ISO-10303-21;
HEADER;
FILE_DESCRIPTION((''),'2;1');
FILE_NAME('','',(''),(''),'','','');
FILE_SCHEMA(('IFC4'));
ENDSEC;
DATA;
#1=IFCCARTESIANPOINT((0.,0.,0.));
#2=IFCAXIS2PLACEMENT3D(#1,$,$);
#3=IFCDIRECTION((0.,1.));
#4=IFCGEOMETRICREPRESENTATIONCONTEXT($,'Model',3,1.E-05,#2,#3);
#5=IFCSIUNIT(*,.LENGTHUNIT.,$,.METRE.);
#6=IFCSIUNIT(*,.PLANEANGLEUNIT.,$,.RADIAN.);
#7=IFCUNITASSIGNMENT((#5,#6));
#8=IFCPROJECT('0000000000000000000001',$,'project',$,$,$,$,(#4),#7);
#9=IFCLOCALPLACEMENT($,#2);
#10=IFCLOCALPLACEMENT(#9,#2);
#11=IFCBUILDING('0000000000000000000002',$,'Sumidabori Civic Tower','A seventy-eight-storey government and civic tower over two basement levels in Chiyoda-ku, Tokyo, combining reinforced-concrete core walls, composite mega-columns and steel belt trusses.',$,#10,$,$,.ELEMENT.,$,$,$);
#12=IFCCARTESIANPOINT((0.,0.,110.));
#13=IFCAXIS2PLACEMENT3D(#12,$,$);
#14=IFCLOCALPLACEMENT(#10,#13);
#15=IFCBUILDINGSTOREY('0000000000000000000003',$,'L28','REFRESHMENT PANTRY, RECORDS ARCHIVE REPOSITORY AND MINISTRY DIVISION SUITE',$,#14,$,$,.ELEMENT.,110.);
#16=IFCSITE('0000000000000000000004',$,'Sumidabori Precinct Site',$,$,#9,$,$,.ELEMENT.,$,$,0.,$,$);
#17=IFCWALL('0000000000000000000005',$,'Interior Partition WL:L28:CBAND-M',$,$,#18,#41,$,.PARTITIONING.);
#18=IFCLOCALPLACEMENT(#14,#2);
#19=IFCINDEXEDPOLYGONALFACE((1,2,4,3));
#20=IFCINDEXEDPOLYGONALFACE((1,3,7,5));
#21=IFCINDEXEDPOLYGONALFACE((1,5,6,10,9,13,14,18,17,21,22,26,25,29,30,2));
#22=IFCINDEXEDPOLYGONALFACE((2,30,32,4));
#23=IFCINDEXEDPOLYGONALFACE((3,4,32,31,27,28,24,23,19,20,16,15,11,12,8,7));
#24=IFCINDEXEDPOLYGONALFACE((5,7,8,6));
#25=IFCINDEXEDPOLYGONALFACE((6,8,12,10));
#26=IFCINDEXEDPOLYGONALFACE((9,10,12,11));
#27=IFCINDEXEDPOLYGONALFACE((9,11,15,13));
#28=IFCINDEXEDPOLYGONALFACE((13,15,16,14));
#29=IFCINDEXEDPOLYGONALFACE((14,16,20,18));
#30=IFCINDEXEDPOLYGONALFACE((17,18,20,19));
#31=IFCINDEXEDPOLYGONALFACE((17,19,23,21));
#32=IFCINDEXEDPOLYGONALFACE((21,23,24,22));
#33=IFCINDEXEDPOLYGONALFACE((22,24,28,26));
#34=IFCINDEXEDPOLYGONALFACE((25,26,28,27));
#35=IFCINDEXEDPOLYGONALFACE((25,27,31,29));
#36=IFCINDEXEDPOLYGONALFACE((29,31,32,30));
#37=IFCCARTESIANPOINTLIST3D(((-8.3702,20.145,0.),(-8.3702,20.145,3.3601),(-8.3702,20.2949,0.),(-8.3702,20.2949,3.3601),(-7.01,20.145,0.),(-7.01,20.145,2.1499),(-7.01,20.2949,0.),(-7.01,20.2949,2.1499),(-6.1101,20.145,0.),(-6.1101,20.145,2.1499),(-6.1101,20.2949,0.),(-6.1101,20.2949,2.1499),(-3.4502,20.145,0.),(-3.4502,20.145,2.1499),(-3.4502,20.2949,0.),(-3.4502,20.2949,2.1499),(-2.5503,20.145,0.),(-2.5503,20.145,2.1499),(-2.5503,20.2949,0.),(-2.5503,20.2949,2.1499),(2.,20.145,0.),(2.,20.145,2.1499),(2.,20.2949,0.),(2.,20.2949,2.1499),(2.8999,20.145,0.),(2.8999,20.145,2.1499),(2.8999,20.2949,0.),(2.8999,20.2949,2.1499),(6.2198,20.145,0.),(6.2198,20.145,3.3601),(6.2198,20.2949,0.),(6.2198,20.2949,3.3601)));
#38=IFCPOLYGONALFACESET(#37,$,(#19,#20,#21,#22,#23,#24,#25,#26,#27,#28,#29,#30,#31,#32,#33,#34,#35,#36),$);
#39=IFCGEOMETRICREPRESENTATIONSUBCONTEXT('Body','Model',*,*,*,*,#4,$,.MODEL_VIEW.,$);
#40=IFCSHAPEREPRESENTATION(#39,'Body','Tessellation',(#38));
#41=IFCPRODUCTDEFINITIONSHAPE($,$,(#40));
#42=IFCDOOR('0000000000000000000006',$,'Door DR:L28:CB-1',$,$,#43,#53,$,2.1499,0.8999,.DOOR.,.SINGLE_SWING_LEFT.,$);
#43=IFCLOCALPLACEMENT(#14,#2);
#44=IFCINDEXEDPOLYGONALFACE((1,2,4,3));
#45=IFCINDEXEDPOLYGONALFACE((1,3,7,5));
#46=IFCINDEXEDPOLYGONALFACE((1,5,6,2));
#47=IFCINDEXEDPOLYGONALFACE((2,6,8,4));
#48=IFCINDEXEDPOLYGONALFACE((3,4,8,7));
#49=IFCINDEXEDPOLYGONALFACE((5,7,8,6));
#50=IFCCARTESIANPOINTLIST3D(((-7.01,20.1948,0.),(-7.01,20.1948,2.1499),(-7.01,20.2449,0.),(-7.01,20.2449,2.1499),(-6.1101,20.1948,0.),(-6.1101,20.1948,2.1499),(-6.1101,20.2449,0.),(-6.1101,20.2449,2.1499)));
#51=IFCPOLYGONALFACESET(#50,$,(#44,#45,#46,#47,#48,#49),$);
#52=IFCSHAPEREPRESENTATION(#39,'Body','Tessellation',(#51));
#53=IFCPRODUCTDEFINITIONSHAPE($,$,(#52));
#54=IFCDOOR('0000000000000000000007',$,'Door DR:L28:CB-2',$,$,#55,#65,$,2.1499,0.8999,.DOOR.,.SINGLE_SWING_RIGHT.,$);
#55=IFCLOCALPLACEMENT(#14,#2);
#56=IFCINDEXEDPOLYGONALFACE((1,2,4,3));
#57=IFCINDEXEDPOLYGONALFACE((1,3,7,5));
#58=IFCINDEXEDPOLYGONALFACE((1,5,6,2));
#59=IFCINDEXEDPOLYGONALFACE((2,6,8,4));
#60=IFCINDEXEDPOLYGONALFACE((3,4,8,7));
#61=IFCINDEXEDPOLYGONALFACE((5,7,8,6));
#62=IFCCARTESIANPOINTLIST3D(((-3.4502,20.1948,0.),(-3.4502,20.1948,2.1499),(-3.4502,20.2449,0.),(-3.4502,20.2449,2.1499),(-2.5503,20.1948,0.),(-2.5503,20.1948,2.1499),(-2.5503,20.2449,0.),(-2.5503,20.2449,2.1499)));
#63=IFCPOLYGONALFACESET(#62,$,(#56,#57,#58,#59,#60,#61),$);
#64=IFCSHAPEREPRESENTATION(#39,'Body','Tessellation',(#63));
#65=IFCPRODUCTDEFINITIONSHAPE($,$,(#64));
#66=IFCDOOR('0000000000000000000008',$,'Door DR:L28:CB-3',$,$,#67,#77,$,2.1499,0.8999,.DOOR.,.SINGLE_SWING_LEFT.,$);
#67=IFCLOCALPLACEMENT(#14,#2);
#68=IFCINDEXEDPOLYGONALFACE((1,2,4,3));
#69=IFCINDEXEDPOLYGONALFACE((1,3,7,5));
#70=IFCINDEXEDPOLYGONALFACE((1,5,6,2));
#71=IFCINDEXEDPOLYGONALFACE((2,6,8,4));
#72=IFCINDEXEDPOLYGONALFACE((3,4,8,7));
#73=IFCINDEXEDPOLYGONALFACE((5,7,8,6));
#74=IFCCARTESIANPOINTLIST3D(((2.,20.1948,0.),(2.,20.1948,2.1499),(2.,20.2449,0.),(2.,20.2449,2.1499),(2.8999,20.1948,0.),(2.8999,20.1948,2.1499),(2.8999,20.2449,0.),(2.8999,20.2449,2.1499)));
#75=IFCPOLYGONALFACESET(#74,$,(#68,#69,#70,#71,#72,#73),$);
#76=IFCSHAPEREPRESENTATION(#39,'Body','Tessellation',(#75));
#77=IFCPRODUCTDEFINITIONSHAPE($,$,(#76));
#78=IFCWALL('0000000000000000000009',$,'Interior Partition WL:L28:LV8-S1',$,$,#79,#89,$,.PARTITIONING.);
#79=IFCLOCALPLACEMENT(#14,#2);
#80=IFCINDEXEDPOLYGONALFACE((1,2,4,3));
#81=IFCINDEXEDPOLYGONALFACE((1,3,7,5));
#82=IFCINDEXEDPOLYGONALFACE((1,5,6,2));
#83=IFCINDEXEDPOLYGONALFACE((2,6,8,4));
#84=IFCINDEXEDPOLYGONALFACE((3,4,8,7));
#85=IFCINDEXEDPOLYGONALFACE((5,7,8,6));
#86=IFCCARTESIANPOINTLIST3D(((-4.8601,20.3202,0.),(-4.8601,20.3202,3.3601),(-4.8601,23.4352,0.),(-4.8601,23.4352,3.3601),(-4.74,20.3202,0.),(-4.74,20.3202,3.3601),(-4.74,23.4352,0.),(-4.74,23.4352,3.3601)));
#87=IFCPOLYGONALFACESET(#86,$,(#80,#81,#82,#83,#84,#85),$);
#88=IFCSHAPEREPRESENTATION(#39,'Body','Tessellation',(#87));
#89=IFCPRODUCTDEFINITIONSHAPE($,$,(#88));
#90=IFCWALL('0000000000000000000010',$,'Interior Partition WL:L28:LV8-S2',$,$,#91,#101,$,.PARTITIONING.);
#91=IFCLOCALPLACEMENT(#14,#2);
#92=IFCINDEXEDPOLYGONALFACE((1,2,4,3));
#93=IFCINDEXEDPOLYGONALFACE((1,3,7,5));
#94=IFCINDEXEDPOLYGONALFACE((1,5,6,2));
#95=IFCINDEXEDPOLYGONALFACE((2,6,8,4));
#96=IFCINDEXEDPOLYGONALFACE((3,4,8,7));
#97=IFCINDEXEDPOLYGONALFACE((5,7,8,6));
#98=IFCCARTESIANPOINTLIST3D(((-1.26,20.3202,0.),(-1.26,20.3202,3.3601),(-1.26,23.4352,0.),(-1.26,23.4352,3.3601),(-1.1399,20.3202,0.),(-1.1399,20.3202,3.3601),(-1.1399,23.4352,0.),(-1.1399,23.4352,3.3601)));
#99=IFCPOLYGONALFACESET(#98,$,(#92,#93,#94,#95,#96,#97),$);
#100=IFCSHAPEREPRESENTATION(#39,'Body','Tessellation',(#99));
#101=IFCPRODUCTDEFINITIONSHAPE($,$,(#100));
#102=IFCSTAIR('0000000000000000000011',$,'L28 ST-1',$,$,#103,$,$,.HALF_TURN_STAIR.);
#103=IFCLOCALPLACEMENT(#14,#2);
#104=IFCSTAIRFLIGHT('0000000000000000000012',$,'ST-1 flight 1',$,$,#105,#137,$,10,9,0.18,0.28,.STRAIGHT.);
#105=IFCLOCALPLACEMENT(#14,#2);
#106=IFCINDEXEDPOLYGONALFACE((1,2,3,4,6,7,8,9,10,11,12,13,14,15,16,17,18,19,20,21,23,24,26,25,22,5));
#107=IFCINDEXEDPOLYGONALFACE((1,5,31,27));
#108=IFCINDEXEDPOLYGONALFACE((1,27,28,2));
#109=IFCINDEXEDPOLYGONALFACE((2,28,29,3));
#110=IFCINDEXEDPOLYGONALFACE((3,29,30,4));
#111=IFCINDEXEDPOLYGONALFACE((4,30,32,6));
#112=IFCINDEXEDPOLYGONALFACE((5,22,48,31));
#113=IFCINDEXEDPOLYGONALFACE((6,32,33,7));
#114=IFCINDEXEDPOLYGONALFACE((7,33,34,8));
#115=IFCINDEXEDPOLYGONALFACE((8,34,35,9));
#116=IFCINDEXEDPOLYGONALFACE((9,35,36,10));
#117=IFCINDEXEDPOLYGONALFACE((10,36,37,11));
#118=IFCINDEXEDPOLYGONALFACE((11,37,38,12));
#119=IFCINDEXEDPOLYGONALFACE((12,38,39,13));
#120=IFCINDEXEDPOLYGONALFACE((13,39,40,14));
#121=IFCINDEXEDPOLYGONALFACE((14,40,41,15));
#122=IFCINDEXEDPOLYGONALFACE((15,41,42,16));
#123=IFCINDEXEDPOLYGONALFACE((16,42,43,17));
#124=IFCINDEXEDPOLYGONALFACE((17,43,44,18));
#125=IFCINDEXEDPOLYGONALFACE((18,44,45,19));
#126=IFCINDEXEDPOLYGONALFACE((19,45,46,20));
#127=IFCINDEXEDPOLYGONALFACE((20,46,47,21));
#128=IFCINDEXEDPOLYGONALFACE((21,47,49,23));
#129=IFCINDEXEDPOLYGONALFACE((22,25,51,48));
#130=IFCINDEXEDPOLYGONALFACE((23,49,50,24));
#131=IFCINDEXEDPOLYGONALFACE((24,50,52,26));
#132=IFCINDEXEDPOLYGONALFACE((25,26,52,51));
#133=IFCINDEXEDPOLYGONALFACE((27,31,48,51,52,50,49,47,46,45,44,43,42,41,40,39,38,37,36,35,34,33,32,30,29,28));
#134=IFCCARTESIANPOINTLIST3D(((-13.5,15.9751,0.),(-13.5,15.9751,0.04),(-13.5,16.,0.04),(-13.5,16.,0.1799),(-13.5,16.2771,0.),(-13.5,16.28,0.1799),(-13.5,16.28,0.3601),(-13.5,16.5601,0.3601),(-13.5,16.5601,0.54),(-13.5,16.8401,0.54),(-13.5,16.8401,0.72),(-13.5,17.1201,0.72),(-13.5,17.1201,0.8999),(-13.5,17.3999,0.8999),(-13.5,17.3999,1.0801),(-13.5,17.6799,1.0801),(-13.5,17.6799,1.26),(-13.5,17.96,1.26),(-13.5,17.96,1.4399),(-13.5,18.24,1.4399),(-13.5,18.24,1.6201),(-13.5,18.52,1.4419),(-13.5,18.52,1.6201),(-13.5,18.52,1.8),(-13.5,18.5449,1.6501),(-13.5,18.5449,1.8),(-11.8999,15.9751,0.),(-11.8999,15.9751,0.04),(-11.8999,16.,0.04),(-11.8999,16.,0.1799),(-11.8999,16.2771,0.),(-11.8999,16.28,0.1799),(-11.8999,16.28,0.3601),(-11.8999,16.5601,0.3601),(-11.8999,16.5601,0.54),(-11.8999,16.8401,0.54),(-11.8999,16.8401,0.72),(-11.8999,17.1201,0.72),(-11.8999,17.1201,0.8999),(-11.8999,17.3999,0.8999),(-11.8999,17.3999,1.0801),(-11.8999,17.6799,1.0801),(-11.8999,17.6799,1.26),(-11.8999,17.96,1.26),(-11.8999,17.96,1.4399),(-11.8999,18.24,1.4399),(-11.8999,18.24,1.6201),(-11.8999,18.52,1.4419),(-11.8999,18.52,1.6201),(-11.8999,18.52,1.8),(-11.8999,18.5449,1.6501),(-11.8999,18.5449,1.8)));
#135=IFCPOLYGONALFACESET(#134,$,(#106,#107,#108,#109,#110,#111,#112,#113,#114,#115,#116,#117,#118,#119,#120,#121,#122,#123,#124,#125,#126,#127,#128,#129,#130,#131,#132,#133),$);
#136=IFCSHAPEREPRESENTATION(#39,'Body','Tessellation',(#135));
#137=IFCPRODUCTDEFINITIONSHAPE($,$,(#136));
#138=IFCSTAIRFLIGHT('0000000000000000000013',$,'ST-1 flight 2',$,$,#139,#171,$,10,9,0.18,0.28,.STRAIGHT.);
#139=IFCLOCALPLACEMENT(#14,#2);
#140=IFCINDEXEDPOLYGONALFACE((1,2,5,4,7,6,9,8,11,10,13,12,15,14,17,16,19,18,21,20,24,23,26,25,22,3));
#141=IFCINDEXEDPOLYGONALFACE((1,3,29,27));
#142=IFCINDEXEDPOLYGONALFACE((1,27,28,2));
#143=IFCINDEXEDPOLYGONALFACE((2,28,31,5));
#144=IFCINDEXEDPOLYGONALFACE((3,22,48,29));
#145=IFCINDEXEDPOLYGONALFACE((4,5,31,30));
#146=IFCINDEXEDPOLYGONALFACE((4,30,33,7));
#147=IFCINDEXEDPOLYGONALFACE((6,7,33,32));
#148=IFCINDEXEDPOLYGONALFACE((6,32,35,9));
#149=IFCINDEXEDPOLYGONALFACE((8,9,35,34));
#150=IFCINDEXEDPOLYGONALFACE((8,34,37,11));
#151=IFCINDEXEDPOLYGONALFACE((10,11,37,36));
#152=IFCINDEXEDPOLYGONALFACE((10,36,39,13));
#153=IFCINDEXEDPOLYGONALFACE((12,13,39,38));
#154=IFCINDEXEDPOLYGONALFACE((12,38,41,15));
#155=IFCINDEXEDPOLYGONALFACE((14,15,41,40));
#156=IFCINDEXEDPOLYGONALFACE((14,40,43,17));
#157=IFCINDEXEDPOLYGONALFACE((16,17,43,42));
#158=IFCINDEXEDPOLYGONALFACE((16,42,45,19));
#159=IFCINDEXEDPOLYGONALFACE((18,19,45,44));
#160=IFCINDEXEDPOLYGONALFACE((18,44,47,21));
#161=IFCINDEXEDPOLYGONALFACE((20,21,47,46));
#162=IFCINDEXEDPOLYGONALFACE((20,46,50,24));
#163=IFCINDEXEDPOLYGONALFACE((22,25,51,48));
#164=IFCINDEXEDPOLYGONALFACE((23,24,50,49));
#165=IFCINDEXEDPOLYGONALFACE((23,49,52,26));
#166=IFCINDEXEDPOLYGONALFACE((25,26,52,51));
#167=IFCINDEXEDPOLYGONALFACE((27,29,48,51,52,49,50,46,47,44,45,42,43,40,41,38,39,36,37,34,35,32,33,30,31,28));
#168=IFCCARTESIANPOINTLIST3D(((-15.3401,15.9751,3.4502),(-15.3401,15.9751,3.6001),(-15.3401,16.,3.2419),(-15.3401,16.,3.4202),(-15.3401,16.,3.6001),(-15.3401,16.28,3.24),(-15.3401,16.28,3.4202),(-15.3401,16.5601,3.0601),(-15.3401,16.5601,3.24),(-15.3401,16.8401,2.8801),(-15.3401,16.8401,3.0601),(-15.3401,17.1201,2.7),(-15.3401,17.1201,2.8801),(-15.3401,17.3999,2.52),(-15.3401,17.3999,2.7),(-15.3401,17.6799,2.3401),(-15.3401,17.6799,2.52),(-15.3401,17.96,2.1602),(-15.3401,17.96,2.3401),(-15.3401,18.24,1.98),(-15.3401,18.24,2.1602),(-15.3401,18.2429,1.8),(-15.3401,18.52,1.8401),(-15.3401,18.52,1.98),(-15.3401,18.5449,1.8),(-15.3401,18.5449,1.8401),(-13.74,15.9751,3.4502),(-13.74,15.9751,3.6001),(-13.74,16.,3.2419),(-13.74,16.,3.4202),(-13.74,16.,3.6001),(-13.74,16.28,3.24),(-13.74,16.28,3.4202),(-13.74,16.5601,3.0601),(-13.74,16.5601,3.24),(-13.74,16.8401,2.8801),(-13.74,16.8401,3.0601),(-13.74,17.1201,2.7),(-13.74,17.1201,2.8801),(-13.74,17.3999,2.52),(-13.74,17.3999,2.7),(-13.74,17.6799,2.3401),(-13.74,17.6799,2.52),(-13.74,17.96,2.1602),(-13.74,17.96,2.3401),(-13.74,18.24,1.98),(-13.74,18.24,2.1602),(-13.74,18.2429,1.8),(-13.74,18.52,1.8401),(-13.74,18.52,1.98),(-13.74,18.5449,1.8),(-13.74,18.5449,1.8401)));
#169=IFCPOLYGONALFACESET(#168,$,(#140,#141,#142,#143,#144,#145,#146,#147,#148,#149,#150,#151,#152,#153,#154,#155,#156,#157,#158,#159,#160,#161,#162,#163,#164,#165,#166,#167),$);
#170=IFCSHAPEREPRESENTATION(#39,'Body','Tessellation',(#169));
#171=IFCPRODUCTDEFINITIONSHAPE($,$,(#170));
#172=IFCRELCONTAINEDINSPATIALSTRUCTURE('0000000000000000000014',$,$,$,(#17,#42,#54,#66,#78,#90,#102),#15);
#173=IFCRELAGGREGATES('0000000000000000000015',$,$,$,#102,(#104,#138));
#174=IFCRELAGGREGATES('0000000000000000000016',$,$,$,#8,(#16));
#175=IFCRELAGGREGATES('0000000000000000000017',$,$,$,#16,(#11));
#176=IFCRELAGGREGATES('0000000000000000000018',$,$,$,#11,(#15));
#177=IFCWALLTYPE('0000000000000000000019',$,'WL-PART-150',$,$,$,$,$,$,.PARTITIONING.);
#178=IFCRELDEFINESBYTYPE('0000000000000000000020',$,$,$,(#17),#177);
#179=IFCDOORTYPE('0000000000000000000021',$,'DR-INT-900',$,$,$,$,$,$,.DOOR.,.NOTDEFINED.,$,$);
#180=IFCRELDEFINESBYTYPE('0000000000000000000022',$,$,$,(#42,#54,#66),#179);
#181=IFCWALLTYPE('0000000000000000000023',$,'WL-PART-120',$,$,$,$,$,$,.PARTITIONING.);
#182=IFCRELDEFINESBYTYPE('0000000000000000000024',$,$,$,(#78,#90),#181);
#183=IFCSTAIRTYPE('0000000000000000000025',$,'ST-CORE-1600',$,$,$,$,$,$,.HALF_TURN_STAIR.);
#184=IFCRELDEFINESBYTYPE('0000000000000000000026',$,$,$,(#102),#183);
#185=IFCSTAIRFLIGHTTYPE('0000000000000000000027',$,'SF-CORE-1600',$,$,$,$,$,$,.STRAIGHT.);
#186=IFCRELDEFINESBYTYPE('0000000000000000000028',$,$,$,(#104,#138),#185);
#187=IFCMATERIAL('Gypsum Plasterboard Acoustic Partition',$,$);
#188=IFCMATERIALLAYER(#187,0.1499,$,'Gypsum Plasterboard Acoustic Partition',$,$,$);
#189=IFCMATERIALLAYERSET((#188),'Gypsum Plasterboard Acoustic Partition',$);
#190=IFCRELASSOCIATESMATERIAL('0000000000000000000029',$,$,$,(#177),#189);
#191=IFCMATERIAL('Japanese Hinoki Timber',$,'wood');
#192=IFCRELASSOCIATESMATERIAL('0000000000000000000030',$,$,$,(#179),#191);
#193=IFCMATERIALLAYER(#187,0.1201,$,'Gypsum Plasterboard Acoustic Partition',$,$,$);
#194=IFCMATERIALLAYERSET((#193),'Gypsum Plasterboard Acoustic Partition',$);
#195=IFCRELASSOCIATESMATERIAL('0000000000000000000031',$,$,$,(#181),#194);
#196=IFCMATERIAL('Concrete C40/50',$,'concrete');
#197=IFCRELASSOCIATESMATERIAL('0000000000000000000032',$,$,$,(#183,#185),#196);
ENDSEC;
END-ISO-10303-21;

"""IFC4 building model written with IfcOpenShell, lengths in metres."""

from ifc_helpers import new_model, si_unit, direction, frame, frame_2d, origin, place, context, subcontext, project, spatial, polyline, rectangle, outline, extrude, source, transform, mapped, material, layer, layer_set, type_object, element, fill, aggregate, save


model = new_model("IFC4")

# Units and contexts
model_context = context("Model", 3, precision=1e-05, world=origin(), true_north=direction((0.0, 1.0)))
body_context = subcontext(model_context, "Body", "Model", "MODEL_VIEW")
ifc_project = project(units=[si_unit("LENGTHUNIT", "METRE"), si_unit("PLANEANGLEUNIT", "RADIAN")], contexts=[model_context])

# Site, building, storey
site_placement = place(None, origin())
site = spatial("IfcSite", under=ifc_project, at=site_placement, Name="Sumidabori Precinct Site", CompositionType="ELEMENT", RefElevation=0.0)
building_placement = place(site_placement, origin())
building = spatial("IfcBuilding", under=site, at=building_placement, Name="Sumidabori Civic Tower", Description="A seventy-eight-storey government and civic tower over two basement levels in Chiyoda-ku, Tokyo, combining reinforced-concrete core walls, composite mega-columns and steel belt trusses.", CompositionType="ELEMENT")
storey_placement = place(building_placement, frame((0.0, 0.0, 110.0)))
storey = spatial("IfcBuildingStorey", under=building, at=storey_placement, Name="L28", Description="REFRESHMENT PANTRY, RECORDS ARCHIVE REPOSITORY AND MINISTRY DIVISION SUITE", CompositionType="ELEMENT", Elevation=110.0)

# Wall, openings, doors
ifc_material_1 = material(Name="Gypsum Plasterboard Acoustic Partition")
ifc_layer_1 = layer(ifc_material_1, 0.1499, Name="Gypsum Plasterboard Acoustic Partition")
ifc_layer_set_1 = layer_set([ifc_layer_1], Name="Gypsum Plasterboard Acoustic Partition")
wall_type_1 = type_object("IfcWallType", Name="WL-PART-150", PredefinedType="PARTITIONING", material=ifc_layer_set_1)
shared_shape_1 = source(origin(), body_context, "Body", "SweptSolid", [
    extrude(rectangle(XDim=14.5901, YDim=0.1499, at=frame_2d((7.2949, 0.0))), origin(), (0.0, 0.0, 1.0), 3.3601),
])
wall_1_placement = place(storey_placement, frame((-8.3701, 20.22, 0.0), z_axis=(0.0, 0.0, 1.0), x_axis=(1.0, 0.0, 0.0)))
wall_1 = element("IfcWall", 1, at=wall_1_placement, inside=storey, type_object=wall_type_1, Name="Interior Partition WL:L28:CBAND-M", PredefinedType="PARTITIONING", context=body_context, shape_type="MappedRepresentation", body=[
    mapped(shared_shape_1, transform((0.0, 0.0, 0.0), x_axis=(1.0, 0.0, 0.0), y_axis=(0.0, 1.0, 0.0), z_axis=(0.0, 0.0, 1.0), scale=1.0)),
])
opening_1_placement = place(wall_1_placement, frame((1.3601, 0.0, 0.0)))
opening_1 = element("IfcOpeningElement", 2, at=opening_1_placement, cuts=wall_1, PredefinedType="OPENING", context=body_context, shape_type="SweptSolid", body=[
    extrude(rectangle(XDim=0.8999, YDim=2.1499, at=frame_2d((0.45, 1.075))), frame((0.0, 0.0869, 0.0), z_axis=(0.0, -1.0, 0.0), x_axis=(1.0, 0.0, 0.0)), (0.0, 0.0, 1.0), 0.1738),
])
opening_2_placement = place(wall_1_placement, frame((4.9199, 0.0, 0.0)))
opening_2 = element("IfcOpeningElement", 3, at=opening_2_placement, cuts=wall_1, PredefinedType="OPENING", context=body_context, shape_type="SweptSolid", body=[
    extrude(rectangle(XDim=0.8999, YDim=2.1499, at=frame_2d((0.45, 1.075))), frame((0.0, 0.0869, 0.0), z_axis=(0.0, -1.0, 0.0), x_axis=(1.0, 0.0, 0.0)), (0.0, 0.0, 1.0), 0.1738),
])
opening_3_placement = place(wall_1_placement, frame((10.3701, 0.0, 0.0)))
opening_3 = element("IfcOpeningElement", 4, at=opening_3_placement, cuts=wall_1, PredefinedType="OPENING", context=body_context, shape_type="SweptSolid", body=[
    extrude(rectangle(XDim=0.8999, YDim=2.1499, at=frame_2d((0.45, 1.075))), frame((0.0, 0.0869, 0.0), z_axis=(0.0, -1.0, 0.0), x_axis=(1.0, 0.0, 0.0)), (0.0, 0.0, 1.0), 0.1738),
])
ifc_material_2 = material(Name="Japanese Hinoki Timber", Category="wood")
door_type = type_object("IfcDoorType", Name="DR-INT-900", OperationType="NOTDEFINED", PredefinedType="DOOR", material=ifc_material_2)
shared_shape_2 = source(origin(), body_context, "Body", "SweptSolid", [
    extrude(rectangle(XDim=0.8999, YDim=2.1499, at=frame_2d((0.45, 1.075))), frame((0.0, 0.0249, 0.0), z_axis=(0.0, -1.0, 0.0), x_axis=(1.0, 0.0, 0.0)), (0.0, 0.0, 1.0), 0.05),
])
door_1_placement = place(opening_1_placement, origin())
door_1 = element("IfcDoor", 5, at=door_1_placement, inside=storey, type_object=door_type, Name="Door DR:L28:CB-1", OperationType="SINGLE_SWING_LEFT", OverallHeight=2.1499, OverallWidth=0.8999, PredefinedType="DOOR", context=body_context, shape_type="MappedRepresentation", body=[
    mapped(shared_shape_2, transform((0.0, 0.0, 0.0), x_axis=(1.0, 0.0, 0.0), y_axis=(0.0, 1.0, 0.0), z_axis=(0.0, 0.0, 1.0), scale=1.0)),
])
fill(opening_1, door_1)
door_2_placement = place(opening_2_placement, origin())
door_2 = element("IfcDoor", 6, at=door_2_placement, inside=storey, type_object=door_type, Name="Door DR:L28:CB-2", OperationType="SINGLE_SWING_RIGHT", OverallHeight=2.1499, OverallWidth=0.8999, PredefinedType="DOOR", context=body_context, shape_type="MappedRepresentation", body=[
    mapped(shared_shape_2, transform((0.0, 0.0, 0.0), x_axis=(1.0, 0.0, 0.0), y_axis=(0.0, 1.0, 0.0), z_axis=(0.0, 0.0, 1.0), scale=1.0)),
])
fill(opening_2, door_2)
door_3_placement = place(opening_3_placement, origin())
door_3 = element("IfcDoor", 7, at=door_3_placement, inside=storey, type_object=door_type, Name="Door DR:L28:CB-3", OperationType="SINGLE_SWING_LEFT", OverallHeight=2.1499, OverallWidth=0.8999, PredefinedType="DOOR", context=body_context, shape_type="MappedRepresentation", body=[
    mapped(shared_shape_2, transform((0.0, 0.0, 0.0), x_axis=(1.0, 0.0, 0.0), y_axis=(0.0, 1.0, 0.0), z_axis=(0.0, 0.0, 1.0), scale=1.0)),
])
fill(opening_3, door_3)

# Walls
ifc_layer_2 = layer(ifc_material_1, 0.1201, Name="Gypsum Plasterboard Acoustic Partition")
ifc_layer_set_2 = layer_set([ifc_layer_2], Name="Gypsum Plasterboard Acoustic Partition")
wall_type_2 = type_object("IfcWallType", Name="WL-PART-120", PredefinedType="PARTITIONING", material=ifc_layer_set_2)
shared_shape_3 = source(origin(), body_context, "Body", "SweptSolid", [
    extrude(rectangle(XDim=3.115, YDim=0.1201, at=frame_2d((1.5576, 0.0))), origin(), (0.0, 0.0, 1.0), 3.3601),
])
for number, where, z_axis, x_axis, name in (
    (8, (-4.8, 20.3201, 0.0), (0.0, 0.0, 1.0), (0.0, 1.0, 0.0), "Interior Partition WL:L28:LV8-S1"),
    (9, (-1.2, 20.3201, 0.0), (0.0, 0.0, 1.0), (0.0, 1.0, 0.0), "Interior Partition WL:L28:LV8-S2"),
):
    element("IfcWall", number, at=place(storey_placement, frame(where, z_axis=z_axis, x_axis=x_axis)), inside=storey, type_object=wall_type_2, Name=name, PredefinedType="PARTITIONING", context=body_context, shape_type="MappedRepresentation", body=[
        mapped(shared_shape_3, transform((0.0, 0.0, 0.0), x_axis=(1.0, 0.0, 0.0), y_axis=(0.0, 1.0, 0.0), z_axis=(0.0, 0.0, 1.0), scale=1.0)),
    ])

# Stair, stair flights
ifc_material_3 = material(Name="Concrete C40/50", Category="concrete")
stair_type = type_object("IfcStairType", Name="ST-CORE-1600", PredefinedType="HALF_TURN_STAIR", material=ifc_material_3)
stair_placement = place(storey_placement, origin())
stair = element("IfcStair", 10, at=stair_placement, inside=storey, type_object=stair_type, Name="L28 ST-1", PredefinedType="HALF_TURN_STAIR")
stair_flight_type = type_object("IfcStairFlightType", Name="SF-CORE-1600", PredefinedType="STRAIGHT", material=ifc_material_3)
shared_shape_4 = source(origin(), body_context, "Body", "SweptSolid", [
    extrude(outline(polyline([(-0.0249, 0.0), (-0.0249, 0.04), (0.0, 0.04), (0.0, 0.1799), (0.28, 0.1799), (0.28, 0.3601), (0.5601, 0.3601), (0.5601, 0.54), (0.8401, 0.54), (0.8401, 0.72), (1.1201, 0.72), (1.1201, 0.8999), (1.3999, 0.8999), (1.3999, 1.0801), (1.6799, 1.0801), (1.6799, 1.26), (1.96, 1.26), (1.96, 1.4399), (2.24, 1.4399), (2.24, 1.6201), (2.52, 1.6201), (2.52, 1.8), (2.5449, 1.8), (2.5449, 1.6501), (2.52, 1.4419), (0.2771, 0.0), (-0.0249, 0.0)])), frame((0.0, 0.8, 0.0), z_axis=(0.0, -1.0, 0.0), x_axis=(1.0, 0.0, 0.0)), (0.0, 0.0, 1.0), 1.6001),
])
stair_flight_1_placement = place(storey_placement, frame((-12.7, 16.0, 0.0), z_axis=(0.0, 0.0, 1.0), x_axis=(0.0, 1.0, 0.0)))
stair_flight_1 = element("IfcStairFlight", 11, at=stair_flight_1_placement, type_object=stair_flight_type, Name="ST-1 flight 1", NumberOfRisers=10, NumberOfTreads=9, PredefinedType="STRAIGHT", RiserHeight=0.18, TreadLength=0.28, context=body_context, shape_type="MappedRepresentation", body=[
    mapped(shared_shape_4, transform((0.0, 0.0, 0.0), x_axis=(1.0, 0.0, 0.0), y_axis=(0.0, 1.0, 0.0), z_axis=(0.0, 0.0, 1.0), scale=1.0)),
])
stair_flight_2_placement = place(storey_placement, frame((-14.54, 18.52, 1.8), z_axis=(0.0, 0.0, 1.0), x_axis=(0.0, -1.0, 0.0)))
stair_flight_2 = element("IfcStairFlight", 12, at=stair_flight_2_placement, type_object=stair_flight_type, Name="ST-1 flight 2", NumberOfRisers=10, NumberOfTreads=9, PredefinedType="STRAIGHT", RiserHeight=0.18, TreadLength=0.28, context=body_context, shape_type="MappedRepresentation", body=[
    mapped(shared_shape_4, transform((0.0, 0.0, 0.0), x_axis=(1.0, 0.0, 0.0), y_axis=(0.0, 1.0, 0.0), z_axis=(0.0, 0.0, 1.0), scale=1.0)),
])
aggregate(stair, [stair_flight_1, stair_flight_2])

save(model, "model.ifc")
